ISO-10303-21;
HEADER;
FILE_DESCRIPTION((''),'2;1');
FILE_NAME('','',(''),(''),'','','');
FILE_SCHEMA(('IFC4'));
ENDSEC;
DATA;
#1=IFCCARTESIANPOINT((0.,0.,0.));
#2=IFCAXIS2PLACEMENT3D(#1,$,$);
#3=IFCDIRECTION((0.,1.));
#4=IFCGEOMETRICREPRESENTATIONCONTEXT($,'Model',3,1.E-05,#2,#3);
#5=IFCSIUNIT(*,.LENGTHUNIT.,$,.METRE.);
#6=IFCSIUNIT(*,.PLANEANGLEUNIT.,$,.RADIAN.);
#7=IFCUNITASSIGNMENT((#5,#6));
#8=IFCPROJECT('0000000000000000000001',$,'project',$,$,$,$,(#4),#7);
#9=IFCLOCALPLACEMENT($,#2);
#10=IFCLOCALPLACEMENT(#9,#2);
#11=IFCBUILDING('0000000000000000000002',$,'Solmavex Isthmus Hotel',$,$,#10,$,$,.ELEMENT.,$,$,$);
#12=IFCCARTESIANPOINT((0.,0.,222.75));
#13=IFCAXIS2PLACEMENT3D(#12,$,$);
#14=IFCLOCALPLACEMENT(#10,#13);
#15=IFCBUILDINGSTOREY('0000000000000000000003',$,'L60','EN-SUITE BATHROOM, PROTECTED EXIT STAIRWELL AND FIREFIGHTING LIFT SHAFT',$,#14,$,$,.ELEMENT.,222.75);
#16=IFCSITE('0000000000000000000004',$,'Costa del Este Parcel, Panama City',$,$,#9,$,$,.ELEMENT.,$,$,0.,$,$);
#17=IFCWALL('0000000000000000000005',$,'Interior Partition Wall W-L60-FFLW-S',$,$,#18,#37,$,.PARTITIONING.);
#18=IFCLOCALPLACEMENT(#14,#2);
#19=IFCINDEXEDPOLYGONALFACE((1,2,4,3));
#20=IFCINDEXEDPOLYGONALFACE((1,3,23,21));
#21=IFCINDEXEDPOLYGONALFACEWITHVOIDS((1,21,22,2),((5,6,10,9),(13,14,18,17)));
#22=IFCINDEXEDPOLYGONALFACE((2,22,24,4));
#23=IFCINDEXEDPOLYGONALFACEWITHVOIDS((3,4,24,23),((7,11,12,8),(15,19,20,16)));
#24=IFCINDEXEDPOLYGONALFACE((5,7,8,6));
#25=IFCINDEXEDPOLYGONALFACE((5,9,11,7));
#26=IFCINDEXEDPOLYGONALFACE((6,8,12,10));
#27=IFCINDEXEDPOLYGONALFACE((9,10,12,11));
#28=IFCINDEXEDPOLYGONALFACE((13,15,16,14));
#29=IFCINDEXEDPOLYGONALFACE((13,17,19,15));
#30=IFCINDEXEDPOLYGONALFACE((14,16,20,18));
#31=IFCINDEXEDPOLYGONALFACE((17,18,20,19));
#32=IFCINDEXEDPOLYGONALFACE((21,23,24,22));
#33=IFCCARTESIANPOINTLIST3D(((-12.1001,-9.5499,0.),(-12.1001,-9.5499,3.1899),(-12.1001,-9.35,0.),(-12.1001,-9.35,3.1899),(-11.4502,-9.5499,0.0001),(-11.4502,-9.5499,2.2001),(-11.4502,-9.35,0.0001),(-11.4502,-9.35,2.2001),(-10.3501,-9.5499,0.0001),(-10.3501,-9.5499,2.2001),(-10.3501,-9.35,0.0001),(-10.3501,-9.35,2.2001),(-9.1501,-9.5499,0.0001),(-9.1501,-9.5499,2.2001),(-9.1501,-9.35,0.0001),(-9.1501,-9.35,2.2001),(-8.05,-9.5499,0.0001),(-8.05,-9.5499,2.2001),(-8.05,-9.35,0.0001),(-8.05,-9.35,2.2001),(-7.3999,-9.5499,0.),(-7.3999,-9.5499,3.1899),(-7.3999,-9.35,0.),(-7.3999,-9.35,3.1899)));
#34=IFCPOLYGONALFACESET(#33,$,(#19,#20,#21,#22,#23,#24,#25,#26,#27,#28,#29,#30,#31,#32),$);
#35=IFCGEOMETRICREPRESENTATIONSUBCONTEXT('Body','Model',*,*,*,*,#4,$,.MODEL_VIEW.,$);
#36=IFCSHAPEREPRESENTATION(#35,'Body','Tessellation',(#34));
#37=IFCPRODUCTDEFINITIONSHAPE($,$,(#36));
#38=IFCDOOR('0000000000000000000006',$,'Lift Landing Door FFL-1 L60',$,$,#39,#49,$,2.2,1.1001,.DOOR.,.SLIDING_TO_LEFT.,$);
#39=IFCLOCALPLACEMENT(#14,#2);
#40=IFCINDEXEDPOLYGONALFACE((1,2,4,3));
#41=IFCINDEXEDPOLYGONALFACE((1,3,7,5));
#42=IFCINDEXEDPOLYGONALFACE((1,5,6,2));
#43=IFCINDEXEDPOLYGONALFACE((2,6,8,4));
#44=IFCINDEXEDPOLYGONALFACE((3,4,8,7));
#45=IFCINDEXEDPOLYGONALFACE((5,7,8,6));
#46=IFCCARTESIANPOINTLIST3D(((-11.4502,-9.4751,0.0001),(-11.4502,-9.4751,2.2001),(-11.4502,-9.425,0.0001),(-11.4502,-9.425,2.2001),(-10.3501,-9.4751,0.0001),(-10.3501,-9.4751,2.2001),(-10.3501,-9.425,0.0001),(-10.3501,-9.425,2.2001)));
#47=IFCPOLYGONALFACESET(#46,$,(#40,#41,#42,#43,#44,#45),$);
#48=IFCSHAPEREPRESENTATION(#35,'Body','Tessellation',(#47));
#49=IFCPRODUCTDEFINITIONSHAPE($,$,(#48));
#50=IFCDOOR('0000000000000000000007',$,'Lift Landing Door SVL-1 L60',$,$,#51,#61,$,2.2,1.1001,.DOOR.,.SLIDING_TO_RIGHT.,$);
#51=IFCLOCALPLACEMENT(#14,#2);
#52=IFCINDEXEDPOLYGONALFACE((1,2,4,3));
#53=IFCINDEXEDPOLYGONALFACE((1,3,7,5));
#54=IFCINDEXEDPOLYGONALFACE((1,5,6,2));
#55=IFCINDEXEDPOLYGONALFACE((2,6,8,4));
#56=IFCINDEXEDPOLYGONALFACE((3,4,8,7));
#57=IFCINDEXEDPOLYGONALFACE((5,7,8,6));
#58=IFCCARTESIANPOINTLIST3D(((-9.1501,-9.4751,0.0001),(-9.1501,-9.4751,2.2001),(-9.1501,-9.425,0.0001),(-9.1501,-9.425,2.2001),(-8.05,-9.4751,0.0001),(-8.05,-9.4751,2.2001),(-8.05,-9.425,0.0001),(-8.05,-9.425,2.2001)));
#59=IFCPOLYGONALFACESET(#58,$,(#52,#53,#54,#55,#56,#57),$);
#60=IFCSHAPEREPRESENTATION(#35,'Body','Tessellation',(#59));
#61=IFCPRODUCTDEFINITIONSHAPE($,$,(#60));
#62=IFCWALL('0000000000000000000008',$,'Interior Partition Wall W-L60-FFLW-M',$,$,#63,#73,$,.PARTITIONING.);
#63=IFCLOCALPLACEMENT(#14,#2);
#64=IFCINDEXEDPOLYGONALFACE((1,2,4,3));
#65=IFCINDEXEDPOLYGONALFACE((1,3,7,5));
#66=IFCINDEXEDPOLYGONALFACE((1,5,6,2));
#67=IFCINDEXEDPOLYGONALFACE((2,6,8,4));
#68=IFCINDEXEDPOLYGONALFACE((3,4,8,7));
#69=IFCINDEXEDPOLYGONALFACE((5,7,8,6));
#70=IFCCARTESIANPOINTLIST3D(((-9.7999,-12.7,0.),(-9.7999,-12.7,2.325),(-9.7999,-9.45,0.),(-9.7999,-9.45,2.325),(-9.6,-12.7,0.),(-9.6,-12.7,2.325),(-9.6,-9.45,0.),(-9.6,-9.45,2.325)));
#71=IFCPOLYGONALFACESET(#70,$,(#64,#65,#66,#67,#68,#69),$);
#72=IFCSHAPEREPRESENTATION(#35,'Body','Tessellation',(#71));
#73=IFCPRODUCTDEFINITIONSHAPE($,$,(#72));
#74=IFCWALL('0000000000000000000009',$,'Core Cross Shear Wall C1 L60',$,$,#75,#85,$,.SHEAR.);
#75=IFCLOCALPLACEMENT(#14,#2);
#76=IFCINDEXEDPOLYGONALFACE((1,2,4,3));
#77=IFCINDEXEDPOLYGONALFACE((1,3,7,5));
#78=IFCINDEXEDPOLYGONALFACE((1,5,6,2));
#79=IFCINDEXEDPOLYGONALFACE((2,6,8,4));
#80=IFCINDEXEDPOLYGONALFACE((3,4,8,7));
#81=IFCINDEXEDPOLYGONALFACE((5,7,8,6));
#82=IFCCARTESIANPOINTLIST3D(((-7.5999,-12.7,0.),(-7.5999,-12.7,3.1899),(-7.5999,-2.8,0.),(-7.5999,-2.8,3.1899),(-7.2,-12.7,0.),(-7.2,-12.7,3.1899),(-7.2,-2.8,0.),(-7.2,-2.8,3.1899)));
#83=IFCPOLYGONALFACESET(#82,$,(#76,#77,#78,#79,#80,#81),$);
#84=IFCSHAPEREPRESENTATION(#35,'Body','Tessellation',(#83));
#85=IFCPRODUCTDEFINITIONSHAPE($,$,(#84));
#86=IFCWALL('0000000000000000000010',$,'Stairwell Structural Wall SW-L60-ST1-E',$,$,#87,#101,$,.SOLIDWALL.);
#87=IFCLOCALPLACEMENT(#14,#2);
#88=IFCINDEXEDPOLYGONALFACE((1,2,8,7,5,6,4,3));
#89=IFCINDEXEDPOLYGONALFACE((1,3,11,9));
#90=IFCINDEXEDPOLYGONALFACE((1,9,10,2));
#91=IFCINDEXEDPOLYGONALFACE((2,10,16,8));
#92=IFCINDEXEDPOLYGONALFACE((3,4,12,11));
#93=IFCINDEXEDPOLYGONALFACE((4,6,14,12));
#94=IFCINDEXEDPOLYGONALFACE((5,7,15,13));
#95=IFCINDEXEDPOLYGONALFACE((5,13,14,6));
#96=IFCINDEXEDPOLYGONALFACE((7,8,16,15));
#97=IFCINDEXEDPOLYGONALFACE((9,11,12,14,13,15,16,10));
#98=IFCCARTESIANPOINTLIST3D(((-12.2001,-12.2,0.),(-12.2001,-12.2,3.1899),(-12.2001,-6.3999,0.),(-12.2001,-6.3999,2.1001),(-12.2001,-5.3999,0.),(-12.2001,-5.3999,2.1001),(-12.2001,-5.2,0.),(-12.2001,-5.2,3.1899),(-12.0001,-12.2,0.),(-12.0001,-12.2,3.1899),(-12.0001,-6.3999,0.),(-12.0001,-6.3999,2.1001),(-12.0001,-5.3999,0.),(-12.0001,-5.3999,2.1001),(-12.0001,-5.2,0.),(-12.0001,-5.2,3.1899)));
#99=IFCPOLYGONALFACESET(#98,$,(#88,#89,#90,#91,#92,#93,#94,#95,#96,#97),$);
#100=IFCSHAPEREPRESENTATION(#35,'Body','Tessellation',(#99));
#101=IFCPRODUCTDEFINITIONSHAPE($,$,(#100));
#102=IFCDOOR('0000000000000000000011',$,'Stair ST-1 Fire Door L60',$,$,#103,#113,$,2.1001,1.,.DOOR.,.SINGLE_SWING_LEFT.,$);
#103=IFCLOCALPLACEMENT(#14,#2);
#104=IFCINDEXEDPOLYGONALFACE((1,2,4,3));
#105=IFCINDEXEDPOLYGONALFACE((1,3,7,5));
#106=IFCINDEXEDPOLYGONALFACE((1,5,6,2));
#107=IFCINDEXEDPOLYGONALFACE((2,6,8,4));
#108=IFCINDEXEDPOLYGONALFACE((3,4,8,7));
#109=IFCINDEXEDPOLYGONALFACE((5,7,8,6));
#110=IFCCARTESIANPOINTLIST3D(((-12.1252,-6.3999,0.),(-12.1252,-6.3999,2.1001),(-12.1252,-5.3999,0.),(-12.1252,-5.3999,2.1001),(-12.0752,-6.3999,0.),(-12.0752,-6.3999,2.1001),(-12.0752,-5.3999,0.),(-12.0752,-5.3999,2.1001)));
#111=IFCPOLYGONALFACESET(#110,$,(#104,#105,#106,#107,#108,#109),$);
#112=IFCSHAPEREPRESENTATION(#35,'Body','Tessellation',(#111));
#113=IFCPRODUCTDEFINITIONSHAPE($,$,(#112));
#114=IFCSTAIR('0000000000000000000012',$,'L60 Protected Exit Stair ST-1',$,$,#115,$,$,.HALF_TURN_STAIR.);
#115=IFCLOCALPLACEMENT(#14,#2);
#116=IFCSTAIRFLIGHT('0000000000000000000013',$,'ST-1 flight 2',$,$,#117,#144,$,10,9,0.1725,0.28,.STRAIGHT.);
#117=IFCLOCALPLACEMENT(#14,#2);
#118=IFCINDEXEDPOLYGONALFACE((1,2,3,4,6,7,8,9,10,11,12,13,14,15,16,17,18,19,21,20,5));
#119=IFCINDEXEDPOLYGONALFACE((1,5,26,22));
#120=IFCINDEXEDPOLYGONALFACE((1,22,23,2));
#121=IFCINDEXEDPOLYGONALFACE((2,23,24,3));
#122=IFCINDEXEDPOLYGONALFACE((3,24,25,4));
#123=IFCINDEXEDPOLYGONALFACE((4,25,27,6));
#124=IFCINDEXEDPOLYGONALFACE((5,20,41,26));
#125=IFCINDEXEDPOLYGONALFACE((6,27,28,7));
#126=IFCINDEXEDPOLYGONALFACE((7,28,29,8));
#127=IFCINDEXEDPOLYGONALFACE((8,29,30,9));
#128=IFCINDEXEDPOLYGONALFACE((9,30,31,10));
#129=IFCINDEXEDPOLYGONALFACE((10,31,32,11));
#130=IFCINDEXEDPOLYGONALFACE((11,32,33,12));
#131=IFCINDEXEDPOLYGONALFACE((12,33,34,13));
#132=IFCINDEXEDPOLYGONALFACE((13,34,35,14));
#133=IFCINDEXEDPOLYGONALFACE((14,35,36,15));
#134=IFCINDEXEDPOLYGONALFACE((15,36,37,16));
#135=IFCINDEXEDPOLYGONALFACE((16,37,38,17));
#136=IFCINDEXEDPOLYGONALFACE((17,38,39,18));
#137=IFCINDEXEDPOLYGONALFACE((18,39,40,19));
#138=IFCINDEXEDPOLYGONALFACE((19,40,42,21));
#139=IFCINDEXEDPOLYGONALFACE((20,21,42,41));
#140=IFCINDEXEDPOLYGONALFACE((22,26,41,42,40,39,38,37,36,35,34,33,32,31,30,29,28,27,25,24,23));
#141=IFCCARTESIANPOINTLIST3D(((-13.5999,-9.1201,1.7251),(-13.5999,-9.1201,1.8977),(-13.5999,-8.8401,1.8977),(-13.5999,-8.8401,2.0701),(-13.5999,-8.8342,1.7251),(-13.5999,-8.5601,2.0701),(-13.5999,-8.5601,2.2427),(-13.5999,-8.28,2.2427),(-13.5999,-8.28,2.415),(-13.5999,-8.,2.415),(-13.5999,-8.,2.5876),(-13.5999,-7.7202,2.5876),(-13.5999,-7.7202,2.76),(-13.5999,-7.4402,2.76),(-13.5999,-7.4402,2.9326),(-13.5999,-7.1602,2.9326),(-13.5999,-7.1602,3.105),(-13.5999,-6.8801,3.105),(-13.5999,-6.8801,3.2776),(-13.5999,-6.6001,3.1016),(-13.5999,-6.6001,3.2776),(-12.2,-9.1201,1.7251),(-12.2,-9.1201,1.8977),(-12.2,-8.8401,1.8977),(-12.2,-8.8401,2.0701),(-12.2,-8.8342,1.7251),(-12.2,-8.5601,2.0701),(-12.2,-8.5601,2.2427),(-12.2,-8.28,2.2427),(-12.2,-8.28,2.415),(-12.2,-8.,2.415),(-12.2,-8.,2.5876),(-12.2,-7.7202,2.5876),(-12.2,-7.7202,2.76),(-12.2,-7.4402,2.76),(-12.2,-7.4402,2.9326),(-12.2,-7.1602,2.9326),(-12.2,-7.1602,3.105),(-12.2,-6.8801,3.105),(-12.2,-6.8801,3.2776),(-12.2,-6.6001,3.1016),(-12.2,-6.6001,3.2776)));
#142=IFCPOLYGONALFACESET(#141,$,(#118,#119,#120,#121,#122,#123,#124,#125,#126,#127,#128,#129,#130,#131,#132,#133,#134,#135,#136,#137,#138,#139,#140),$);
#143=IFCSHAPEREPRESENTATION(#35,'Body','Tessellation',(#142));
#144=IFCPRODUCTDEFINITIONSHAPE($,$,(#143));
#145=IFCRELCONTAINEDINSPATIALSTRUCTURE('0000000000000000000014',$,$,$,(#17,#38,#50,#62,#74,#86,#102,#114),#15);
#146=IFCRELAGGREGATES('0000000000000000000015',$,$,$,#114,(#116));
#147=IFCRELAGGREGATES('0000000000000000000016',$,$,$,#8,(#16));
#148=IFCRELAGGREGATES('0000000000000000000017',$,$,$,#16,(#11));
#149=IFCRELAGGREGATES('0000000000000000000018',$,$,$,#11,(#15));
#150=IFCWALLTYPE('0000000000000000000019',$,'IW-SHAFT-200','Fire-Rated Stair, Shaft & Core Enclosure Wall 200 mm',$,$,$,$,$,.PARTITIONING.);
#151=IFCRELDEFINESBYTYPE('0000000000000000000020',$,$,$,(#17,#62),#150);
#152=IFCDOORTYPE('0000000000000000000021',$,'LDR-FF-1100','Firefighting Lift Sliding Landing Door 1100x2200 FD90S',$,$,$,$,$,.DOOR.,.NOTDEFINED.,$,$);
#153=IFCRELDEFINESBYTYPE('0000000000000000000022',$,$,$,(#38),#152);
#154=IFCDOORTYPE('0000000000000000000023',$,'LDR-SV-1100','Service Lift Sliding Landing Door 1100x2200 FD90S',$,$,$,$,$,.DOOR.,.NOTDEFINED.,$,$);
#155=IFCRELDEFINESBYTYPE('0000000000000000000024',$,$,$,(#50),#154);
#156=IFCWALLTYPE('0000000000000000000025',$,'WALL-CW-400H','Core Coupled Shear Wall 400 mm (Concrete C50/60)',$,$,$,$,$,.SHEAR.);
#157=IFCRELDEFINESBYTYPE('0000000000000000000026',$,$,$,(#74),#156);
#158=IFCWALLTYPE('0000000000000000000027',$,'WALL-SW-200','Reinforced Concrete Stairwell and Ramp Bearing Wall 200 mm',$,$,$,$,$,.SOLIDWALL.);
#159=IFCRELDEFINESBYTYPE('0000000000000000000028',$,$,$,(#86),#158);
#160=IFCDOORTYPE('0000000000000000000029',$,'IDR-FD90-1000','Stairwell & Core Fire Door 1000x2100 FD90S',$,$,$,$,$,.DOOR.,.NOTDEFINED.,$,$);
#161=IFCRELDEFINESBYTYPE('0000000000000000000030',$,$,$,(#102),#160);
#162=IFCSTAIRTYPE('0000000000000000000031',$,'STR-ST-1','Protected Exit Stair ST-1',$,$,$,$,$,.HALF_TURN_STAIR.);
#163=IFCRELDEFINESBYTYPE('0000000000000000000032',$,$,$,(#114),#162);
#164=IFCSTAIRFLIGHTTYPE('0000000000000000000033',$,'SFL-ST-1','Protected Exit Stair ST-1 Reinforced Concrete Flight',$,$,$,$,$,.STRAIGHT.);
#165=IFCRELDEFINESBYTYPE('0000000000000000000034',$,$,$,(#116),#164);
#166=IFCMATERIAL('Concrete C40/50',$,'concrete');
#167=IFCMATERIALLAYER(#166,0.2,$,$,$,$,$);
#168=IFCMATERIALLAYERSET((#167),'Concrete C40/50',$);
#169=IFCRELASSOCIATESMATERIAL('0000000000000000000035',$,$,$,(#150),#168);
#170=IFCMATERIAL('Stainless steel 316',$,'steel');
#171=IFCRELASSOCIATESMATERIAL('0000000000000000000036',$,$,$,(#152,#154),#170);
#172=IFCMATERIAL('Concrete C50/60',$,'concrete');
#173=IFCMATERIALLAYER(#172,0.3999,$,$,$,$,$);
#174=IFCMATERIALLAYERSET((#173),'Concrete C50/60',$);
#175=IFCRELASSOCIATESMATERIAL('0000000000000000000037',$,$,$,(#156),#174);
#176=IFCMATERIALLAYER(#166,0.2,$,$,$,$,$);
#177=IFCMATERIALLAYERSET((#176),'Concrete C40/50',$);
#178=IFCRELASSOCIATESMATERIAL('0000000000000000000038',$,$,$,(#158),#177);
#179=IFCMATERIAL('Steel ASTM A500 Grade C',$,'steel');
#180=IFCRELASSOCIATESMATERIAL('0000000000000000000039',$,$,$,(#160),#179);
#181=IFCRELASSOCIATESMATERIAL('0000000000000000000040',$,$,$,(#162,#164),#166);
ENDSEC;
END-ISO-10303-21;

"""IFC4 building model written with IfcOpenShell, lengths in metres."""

from ifc_helpers import new_model, si_unit, direction, frame, frame_2d, origin, place, context, subcontext, project, spatial, polyline, rectangle, outline, extrude, material, layer, layer_set, type_object, element, fill, aggregate, save


model = new_model("IFC4")

# Units and contexts
model_context = context("Model", 3, precision=1e-05, world=origin(), true_north=direction((0.0, 1.0)))
body_context = subcontext(model_context, "Body", "Model", "MODEL_VIEW")
ifc_project = project(units=[si_unit("LENGTHUNIT", "METRE"), si_unit("PLANEANGLEUNIT", "RADIAN")], contexts=[model_context])

# Site, building, storey
site_placement = place(None, origin())
site = spatial("IfcSite", under=ifc_project, at=site_placement, Name="Costa del Este Parcel, Panama City", CompositionType="ELEMENT", RefElevation=0.0)
building_placement = place(site_placement, origin())
building = spatial("IfcBuilding", under=site, at=building_placement, Name="Solmavex Isthmus Hotel", CompositionType="ELEMENT")
storey_placement = place(building_placement, frame((0.0, 0.0, 222.75)))
storey = spatial("IfcBuildingStorey", under=building, at=storey_placement, Name="L60", Description="EN-SUITE BATHROOM, PROTECTED EXIT STAIRWELL AND FIREFIGHTING LIFT SHAFT", CompositionType="ELEMENT", Elevation=222.75)

# Shared definitions
ifc_material_1 = material(Name="Concrete C50/60", Category="concrete")

# Wall, openings, doors
ifc_material_2 = material(Name="Concrete C40/50", Category="concrete")
ifc_layer_1 = layer(ifc_material_2, 0.2)
ifc_layer_set_1 = layer_set([ifc_layer_1], Name="Concrete C40/50")
wall_type_1 = type_object("IfcWallType", Name="IW-SHAFT-200", Description="Fire-Rated Stair, Shaft & Core Enclosure Wall 200 mm", PredefinedType="PARTITIONING", material=ifc_layer_set_1)
wall_1_placement = place(storey_placement, frame((-12.1001, -9.45, 0.0), z_axis=(0.0, 0.0, 1.0), x_axis=(1.0, 0.0, 0.0)))
wall_1 = element("IfcWall", 1, at=wall_1_placement, inside=storey, type_object=wall_type_1, Name="Interior Partition Wall W-L60-FFLW-S", PredefinedType="PARTITIONING", context=body_context, shape_type="SweptSolid", body=[
    extrude(rectangle(XDim=4.7002, YDim=0.2, at=frame_2d((2.3501, 0.0))), origin(), (0.0, 0.0, 1.0), 3.1899),
])
opening_1_placement = place(wall_1_placement, frame((0.6499, 0.0, 0.0)))
opening_1 = element("IfcOpeningElement", 2, at=opening_1_placement, cuts=wall_1, PredefinedType="OPENING", context=body_context, shape_type="SweptSolid", body=[
    extrude(rectangle(XDim=1.1001, YDim=2.2, at=frame_2d((0.55, 1.1001))), frame((0.0, 0.1099, 0.0), z_axis=(0.0, -1.0, 0.0), x_axis=(1.0, 0.0, 0.0)), (0.0, 0.0, 1.0), 0.22),
])
opening_2_placement = place(wall_1_placement, frame((2.95, 0.0, 0.0)))
opening_2 = element("IfcOpeningElement", 3, at=opening_2_placement, cuts=wall_1, PredefinedType="OPENING", context=body_context, shape_type="SweptSolid", body=[
    extrude(rectangle(XDim=1.1001, YDim=2.2, at=frame_2d((0.55, 1.1001))), frame((0.0, 0.1099, 0.0), z_axis=(0.0, -1.0, 0.0), x_axis=(1.0, 0.0, 0.0)), (0.0, 0.0, 1.0), 0.22),
])
ifc_material_3 = material(Name="Stainless steel 316", Category="steel")
door_type_1 = type_object("IfcDoorType", Name="LDR-FF-1100", Description="Firefighting Lift Sliding Landing Door 1100x2200 FD90S", OperationType="NOTDEFINED", PredefinedType="DOOR", material=ifc_material_3)
door_1_placement = place(opening_1_placement, origin())
door_1 = element("IfcDoor", 4, at=door_1_placement, inside=storey, type_object=door_type_1, Name="Lift Landing Door FFL-1 L60", OperationType="SLIDING_TO_LEFT", OverallHeight=2.2, OverallWidth=1.1001, PredefinedType="DOOR", context=body_context, shape_type="SweptSolid", body=[
    extrude(rectangle(XDim=1.1001, YDim=2.2, at=frame_2d((0.55, 1.1001))), frame((0.0, 0.0249, 0.0), z_axis=(0.0, -1.0, 0.0), x_axis=(1.0, 0.0, 0.0)), (0.0, 0.0, 1.0), 0.05),
])
fill(opening_1, door_1)
door_type_2 = type_object("IfcDoorType", Name="LDR-SV-1100", Description="Service Lift Sliding Landing Door 1100x2200 FD90S", OperationType="NOTDEFINED", PredefinedType="DOOR", material=ifc_material_3)
door_2_placement = place(opening_2_placement, origin())
door_2 = element("IfcDoor", 5, at=door_2_placement, inside=storey, type_object=door_type_2, Name="Lift Landing Door SVL-1 L60", OperationType="SLIDING_TO_RIGHT", OverallHeight=2.2, OverallWidth=1.1001, PredefinedType="DOOR", context=body_context, shape_type="SweptSolid", body=[
    extrude(rectangle(XDim=1.1001, YDim=2.2, at=frame_2d((0.55, 1.1001))), frame((0.0, 0.0249, 0.0), z_axis=(0.0, -1.0, 0.0), x_axis=(1.0, 0.0, 0.0)), (0.0, 0.0, 1.0), 0.05),
])
fill(opening_2, door_2)

# Walls
wall_2_placement = place(storey_placement, frame((-9.7, -12.7, 0.0), z_axis=(0.0, 0.0, 1.0), x_axis=(0.0, 1.0, 0.0)))
element("IfcWall", 6, at=wall_2_placement, inside=storey, type_object=wall_type_1, Name="Interior Partition Wall W-L60-FFLW-M", PredefinedType="PARTITIONING", context=body_context, shape_type="SweptSolid", body=[
    extrude(rectangle(XDim=3.25, YDim=0.2, at=frame_2d((1.625, 0.0))), origin(), (0.0, 0.0, 1.0), 2.325),
])
ifc_layer_2 = layer(ifc_material_1, 0.3999)
ifc_layer_set_2 = layer_set([ifc_layer_2], Name="Concrete C50/60")
wall_type_2 = type_object("IfcWallType", Name="WALL-CW-400H", Description="Core Coupled Shear Wall 400 mm (Concrete C50/60)", PredefinedType="SHEAR", material=ifc_layer_set_2)
wall_3_placement = place(storey_placement, frame((-7.3999, -12.7, 0.0), z_axis=(0.0, 0.0, 1.0), x_axis=(0.0, 1.0, 0.0)))
element("IfcWall", 7, at=wall_3_placement, inside=storey, type_object=wall_type_2, Name="Core Cross Shear Wall C1 L60", PredefinedType="SHEAR", context=body_context, shape_type="SweptSolid", body=[
    extrude(rectangle(XDim=9.8999, YDim=0.3999, at=frame_2d((4.95, 0.0))), origin(), (0.0, 0.0, 1.0), 3.1899),
])

# Wall, opening, door
ifc_layer_3 = layer(ifc_material_2, 0.2)
ifc_layer_set_3 = layer_set([ifc_layer_3], Name="Concrete C40/50")
wall_type_3 = type_object("IfcWallType", Name="WALL-SW-200", Description="Reinforced Concrete Stairwell and Ramp Bearing Wall 200 mm", PredefinedType="SOLIDWALL", material=ifc_layer_set_3)
wall_4_placement = place(storey_placement, frame((-12.1001, -12.2, 0.0), z_axis=(0.0, 0.0, 1.0), x_axis=(0.0, 1.0, 0.0)))
wall_4 = element("IfcWall", 8, at=wall_4_placement, inside=storey, type_object=wall_type_3, Name="Stairwell Structural Wall SW-L60-ST1-E", PredefinedType="SOLIDWALL", context=body_context, shape_type="SweptSolid", body=[
    extrude(rectangle(XDim=7.0, YDim=0.2, at=frame_2d((3.5, 0.0))), origin(), (0.0, 0.0, 1.0), 3.1899),
])
opening_3_placement = place(wall_4_placement, frame((5.8, 0.0, 0.0)))
opening_3 = element("IfcOpeningElement", 9, at=opening_3_placement, cuts=wall_4, PredefinedType="OPENING", context=body_context, shape_type="SweptSolid", body=[
    extrude(rectangle(XDim=1.0, YDim=2.1001, at=frame_2d((0.5, 1.05))), frame((0.0, 0.1099, 0.0), z_axis=(0.0, -1.0, 0.0), x_axis=(1.0, 0.0, 0.0)), (0.0, 0.0, 1.0), 0.22),
])
ifc_material_4 = material(Name="Steel ASTM A500 Grade C", Category="steel")
door_type_3 = type_object("IfcDoorType", Name="IDR-FD90-1000", Description="Stairwell & Core Fire Door 1000x2100 FD90S", OperationType="NOTDEFINED", PredefinedType="DOOR", material=ifc_material_4)
door_3_placement = place(opening_3_placement, frame((1.0, 0.0, 0.0), z_axis=(0.0, 0.0, 1.0), x_axis=(-1.0, 0.0, 0.0)))
door_3 = element("IfcDoor", 10, at=door_3_placement, inside=storey, type_object=door_type_3, Name="Stair ST-1 Fire Door L60", OperationType="SINGLE_SWING_LEFT", OverallHeight=2.1001, OverallWidth=1.0, PredefinedType="DOOR", context=body_context, shape_type="SweptSolid", body=[
    extrude(rectangle(XDim=1.0, YDim=2.1001, at=frame_2d((0.5, 1.05))), frame((0.0, 0.0249, 0.0), z_axis=(0.0, -1.0, 0.0), x_axis=(1.0, 0.0, 0.0)), (0.0, 0.0, 1.0), 0.05),
])
fill(opening_3, door_3)

# Stair, stair flight
stair_type = type_object("IfcStairType", Name="STR-ST-1", Description="Protected Exit Stair ST-1", PredefinedType="HALF_TURN_STAIR", material=ifc_material_2)
stair_placement = place(storey_placement, origin())
stair = element("IfcStair", 11, at=stair_placement, inside=storey, type_object=stair_type, Name="L60 Protected Exit Stair ST-1", PredefinedType="HALF_TURN_STAIR")
stair_flight_type = type_object("IfcStairFlightType", Name="SFL-ST-1", Description="Protected Exit Stair ST-1 Reinforced Concrete Flight", PredefinedType="STRAIGHT", material=ifc_material_2)
stair_flight_placement = place(storey_placement, frame((-12.8999, -9.1201, 1.7251), z_axis=(0.0, 0.0, 1.0), x_axis=(0.0, 1.0, 0.0)))
stair_flight = element("IfcStairFlight", 12, at=stair_flight_placement, type_object=stair_flight_type, Name="ST-1 flight 2", NumberOfRisers=10, NumberOfTreads=9, PredefinedType="STRAIGHT", RiserHeight=0.1725, TreadLength=0.28, context=body_context, shape_type="SweptSolid", body=[
    extrude(outline(polyline([(0.0, 0.0), (0.0, 0.1726), (0.28, 0.1726), (0.28, 0.345), (0.5601, 0.345), (0.5601, 0.5176), (0.8401, 0.5176), (0.8401, 0.6899), (1.1201, 0.6899), (1.1201, 0.8625), (1.3999, 0.8625), (1.3999, 1.0349), (1.6799, 1.0349), (1.6799, 1.2075), (1.96, 1.2075), (1.96, 1.3799), (2.24, 1.3799), (2.24, 1.5525), (2.52, 1.5525), (2.52, 1.7251), (2.52, 1.3765), (0.2859, 0.0), (0.0, 0.0)])), frame((0.0, 0.7, 0.0), z_axis=(0.0, -1.0, 0.0), x_axis=(1.0, 0.0, 0.0)), (0.0, 0.0, 1.0), 1.3999),
])
aggregate(stair, [stair_flight])

save(model, "model.ifc")
